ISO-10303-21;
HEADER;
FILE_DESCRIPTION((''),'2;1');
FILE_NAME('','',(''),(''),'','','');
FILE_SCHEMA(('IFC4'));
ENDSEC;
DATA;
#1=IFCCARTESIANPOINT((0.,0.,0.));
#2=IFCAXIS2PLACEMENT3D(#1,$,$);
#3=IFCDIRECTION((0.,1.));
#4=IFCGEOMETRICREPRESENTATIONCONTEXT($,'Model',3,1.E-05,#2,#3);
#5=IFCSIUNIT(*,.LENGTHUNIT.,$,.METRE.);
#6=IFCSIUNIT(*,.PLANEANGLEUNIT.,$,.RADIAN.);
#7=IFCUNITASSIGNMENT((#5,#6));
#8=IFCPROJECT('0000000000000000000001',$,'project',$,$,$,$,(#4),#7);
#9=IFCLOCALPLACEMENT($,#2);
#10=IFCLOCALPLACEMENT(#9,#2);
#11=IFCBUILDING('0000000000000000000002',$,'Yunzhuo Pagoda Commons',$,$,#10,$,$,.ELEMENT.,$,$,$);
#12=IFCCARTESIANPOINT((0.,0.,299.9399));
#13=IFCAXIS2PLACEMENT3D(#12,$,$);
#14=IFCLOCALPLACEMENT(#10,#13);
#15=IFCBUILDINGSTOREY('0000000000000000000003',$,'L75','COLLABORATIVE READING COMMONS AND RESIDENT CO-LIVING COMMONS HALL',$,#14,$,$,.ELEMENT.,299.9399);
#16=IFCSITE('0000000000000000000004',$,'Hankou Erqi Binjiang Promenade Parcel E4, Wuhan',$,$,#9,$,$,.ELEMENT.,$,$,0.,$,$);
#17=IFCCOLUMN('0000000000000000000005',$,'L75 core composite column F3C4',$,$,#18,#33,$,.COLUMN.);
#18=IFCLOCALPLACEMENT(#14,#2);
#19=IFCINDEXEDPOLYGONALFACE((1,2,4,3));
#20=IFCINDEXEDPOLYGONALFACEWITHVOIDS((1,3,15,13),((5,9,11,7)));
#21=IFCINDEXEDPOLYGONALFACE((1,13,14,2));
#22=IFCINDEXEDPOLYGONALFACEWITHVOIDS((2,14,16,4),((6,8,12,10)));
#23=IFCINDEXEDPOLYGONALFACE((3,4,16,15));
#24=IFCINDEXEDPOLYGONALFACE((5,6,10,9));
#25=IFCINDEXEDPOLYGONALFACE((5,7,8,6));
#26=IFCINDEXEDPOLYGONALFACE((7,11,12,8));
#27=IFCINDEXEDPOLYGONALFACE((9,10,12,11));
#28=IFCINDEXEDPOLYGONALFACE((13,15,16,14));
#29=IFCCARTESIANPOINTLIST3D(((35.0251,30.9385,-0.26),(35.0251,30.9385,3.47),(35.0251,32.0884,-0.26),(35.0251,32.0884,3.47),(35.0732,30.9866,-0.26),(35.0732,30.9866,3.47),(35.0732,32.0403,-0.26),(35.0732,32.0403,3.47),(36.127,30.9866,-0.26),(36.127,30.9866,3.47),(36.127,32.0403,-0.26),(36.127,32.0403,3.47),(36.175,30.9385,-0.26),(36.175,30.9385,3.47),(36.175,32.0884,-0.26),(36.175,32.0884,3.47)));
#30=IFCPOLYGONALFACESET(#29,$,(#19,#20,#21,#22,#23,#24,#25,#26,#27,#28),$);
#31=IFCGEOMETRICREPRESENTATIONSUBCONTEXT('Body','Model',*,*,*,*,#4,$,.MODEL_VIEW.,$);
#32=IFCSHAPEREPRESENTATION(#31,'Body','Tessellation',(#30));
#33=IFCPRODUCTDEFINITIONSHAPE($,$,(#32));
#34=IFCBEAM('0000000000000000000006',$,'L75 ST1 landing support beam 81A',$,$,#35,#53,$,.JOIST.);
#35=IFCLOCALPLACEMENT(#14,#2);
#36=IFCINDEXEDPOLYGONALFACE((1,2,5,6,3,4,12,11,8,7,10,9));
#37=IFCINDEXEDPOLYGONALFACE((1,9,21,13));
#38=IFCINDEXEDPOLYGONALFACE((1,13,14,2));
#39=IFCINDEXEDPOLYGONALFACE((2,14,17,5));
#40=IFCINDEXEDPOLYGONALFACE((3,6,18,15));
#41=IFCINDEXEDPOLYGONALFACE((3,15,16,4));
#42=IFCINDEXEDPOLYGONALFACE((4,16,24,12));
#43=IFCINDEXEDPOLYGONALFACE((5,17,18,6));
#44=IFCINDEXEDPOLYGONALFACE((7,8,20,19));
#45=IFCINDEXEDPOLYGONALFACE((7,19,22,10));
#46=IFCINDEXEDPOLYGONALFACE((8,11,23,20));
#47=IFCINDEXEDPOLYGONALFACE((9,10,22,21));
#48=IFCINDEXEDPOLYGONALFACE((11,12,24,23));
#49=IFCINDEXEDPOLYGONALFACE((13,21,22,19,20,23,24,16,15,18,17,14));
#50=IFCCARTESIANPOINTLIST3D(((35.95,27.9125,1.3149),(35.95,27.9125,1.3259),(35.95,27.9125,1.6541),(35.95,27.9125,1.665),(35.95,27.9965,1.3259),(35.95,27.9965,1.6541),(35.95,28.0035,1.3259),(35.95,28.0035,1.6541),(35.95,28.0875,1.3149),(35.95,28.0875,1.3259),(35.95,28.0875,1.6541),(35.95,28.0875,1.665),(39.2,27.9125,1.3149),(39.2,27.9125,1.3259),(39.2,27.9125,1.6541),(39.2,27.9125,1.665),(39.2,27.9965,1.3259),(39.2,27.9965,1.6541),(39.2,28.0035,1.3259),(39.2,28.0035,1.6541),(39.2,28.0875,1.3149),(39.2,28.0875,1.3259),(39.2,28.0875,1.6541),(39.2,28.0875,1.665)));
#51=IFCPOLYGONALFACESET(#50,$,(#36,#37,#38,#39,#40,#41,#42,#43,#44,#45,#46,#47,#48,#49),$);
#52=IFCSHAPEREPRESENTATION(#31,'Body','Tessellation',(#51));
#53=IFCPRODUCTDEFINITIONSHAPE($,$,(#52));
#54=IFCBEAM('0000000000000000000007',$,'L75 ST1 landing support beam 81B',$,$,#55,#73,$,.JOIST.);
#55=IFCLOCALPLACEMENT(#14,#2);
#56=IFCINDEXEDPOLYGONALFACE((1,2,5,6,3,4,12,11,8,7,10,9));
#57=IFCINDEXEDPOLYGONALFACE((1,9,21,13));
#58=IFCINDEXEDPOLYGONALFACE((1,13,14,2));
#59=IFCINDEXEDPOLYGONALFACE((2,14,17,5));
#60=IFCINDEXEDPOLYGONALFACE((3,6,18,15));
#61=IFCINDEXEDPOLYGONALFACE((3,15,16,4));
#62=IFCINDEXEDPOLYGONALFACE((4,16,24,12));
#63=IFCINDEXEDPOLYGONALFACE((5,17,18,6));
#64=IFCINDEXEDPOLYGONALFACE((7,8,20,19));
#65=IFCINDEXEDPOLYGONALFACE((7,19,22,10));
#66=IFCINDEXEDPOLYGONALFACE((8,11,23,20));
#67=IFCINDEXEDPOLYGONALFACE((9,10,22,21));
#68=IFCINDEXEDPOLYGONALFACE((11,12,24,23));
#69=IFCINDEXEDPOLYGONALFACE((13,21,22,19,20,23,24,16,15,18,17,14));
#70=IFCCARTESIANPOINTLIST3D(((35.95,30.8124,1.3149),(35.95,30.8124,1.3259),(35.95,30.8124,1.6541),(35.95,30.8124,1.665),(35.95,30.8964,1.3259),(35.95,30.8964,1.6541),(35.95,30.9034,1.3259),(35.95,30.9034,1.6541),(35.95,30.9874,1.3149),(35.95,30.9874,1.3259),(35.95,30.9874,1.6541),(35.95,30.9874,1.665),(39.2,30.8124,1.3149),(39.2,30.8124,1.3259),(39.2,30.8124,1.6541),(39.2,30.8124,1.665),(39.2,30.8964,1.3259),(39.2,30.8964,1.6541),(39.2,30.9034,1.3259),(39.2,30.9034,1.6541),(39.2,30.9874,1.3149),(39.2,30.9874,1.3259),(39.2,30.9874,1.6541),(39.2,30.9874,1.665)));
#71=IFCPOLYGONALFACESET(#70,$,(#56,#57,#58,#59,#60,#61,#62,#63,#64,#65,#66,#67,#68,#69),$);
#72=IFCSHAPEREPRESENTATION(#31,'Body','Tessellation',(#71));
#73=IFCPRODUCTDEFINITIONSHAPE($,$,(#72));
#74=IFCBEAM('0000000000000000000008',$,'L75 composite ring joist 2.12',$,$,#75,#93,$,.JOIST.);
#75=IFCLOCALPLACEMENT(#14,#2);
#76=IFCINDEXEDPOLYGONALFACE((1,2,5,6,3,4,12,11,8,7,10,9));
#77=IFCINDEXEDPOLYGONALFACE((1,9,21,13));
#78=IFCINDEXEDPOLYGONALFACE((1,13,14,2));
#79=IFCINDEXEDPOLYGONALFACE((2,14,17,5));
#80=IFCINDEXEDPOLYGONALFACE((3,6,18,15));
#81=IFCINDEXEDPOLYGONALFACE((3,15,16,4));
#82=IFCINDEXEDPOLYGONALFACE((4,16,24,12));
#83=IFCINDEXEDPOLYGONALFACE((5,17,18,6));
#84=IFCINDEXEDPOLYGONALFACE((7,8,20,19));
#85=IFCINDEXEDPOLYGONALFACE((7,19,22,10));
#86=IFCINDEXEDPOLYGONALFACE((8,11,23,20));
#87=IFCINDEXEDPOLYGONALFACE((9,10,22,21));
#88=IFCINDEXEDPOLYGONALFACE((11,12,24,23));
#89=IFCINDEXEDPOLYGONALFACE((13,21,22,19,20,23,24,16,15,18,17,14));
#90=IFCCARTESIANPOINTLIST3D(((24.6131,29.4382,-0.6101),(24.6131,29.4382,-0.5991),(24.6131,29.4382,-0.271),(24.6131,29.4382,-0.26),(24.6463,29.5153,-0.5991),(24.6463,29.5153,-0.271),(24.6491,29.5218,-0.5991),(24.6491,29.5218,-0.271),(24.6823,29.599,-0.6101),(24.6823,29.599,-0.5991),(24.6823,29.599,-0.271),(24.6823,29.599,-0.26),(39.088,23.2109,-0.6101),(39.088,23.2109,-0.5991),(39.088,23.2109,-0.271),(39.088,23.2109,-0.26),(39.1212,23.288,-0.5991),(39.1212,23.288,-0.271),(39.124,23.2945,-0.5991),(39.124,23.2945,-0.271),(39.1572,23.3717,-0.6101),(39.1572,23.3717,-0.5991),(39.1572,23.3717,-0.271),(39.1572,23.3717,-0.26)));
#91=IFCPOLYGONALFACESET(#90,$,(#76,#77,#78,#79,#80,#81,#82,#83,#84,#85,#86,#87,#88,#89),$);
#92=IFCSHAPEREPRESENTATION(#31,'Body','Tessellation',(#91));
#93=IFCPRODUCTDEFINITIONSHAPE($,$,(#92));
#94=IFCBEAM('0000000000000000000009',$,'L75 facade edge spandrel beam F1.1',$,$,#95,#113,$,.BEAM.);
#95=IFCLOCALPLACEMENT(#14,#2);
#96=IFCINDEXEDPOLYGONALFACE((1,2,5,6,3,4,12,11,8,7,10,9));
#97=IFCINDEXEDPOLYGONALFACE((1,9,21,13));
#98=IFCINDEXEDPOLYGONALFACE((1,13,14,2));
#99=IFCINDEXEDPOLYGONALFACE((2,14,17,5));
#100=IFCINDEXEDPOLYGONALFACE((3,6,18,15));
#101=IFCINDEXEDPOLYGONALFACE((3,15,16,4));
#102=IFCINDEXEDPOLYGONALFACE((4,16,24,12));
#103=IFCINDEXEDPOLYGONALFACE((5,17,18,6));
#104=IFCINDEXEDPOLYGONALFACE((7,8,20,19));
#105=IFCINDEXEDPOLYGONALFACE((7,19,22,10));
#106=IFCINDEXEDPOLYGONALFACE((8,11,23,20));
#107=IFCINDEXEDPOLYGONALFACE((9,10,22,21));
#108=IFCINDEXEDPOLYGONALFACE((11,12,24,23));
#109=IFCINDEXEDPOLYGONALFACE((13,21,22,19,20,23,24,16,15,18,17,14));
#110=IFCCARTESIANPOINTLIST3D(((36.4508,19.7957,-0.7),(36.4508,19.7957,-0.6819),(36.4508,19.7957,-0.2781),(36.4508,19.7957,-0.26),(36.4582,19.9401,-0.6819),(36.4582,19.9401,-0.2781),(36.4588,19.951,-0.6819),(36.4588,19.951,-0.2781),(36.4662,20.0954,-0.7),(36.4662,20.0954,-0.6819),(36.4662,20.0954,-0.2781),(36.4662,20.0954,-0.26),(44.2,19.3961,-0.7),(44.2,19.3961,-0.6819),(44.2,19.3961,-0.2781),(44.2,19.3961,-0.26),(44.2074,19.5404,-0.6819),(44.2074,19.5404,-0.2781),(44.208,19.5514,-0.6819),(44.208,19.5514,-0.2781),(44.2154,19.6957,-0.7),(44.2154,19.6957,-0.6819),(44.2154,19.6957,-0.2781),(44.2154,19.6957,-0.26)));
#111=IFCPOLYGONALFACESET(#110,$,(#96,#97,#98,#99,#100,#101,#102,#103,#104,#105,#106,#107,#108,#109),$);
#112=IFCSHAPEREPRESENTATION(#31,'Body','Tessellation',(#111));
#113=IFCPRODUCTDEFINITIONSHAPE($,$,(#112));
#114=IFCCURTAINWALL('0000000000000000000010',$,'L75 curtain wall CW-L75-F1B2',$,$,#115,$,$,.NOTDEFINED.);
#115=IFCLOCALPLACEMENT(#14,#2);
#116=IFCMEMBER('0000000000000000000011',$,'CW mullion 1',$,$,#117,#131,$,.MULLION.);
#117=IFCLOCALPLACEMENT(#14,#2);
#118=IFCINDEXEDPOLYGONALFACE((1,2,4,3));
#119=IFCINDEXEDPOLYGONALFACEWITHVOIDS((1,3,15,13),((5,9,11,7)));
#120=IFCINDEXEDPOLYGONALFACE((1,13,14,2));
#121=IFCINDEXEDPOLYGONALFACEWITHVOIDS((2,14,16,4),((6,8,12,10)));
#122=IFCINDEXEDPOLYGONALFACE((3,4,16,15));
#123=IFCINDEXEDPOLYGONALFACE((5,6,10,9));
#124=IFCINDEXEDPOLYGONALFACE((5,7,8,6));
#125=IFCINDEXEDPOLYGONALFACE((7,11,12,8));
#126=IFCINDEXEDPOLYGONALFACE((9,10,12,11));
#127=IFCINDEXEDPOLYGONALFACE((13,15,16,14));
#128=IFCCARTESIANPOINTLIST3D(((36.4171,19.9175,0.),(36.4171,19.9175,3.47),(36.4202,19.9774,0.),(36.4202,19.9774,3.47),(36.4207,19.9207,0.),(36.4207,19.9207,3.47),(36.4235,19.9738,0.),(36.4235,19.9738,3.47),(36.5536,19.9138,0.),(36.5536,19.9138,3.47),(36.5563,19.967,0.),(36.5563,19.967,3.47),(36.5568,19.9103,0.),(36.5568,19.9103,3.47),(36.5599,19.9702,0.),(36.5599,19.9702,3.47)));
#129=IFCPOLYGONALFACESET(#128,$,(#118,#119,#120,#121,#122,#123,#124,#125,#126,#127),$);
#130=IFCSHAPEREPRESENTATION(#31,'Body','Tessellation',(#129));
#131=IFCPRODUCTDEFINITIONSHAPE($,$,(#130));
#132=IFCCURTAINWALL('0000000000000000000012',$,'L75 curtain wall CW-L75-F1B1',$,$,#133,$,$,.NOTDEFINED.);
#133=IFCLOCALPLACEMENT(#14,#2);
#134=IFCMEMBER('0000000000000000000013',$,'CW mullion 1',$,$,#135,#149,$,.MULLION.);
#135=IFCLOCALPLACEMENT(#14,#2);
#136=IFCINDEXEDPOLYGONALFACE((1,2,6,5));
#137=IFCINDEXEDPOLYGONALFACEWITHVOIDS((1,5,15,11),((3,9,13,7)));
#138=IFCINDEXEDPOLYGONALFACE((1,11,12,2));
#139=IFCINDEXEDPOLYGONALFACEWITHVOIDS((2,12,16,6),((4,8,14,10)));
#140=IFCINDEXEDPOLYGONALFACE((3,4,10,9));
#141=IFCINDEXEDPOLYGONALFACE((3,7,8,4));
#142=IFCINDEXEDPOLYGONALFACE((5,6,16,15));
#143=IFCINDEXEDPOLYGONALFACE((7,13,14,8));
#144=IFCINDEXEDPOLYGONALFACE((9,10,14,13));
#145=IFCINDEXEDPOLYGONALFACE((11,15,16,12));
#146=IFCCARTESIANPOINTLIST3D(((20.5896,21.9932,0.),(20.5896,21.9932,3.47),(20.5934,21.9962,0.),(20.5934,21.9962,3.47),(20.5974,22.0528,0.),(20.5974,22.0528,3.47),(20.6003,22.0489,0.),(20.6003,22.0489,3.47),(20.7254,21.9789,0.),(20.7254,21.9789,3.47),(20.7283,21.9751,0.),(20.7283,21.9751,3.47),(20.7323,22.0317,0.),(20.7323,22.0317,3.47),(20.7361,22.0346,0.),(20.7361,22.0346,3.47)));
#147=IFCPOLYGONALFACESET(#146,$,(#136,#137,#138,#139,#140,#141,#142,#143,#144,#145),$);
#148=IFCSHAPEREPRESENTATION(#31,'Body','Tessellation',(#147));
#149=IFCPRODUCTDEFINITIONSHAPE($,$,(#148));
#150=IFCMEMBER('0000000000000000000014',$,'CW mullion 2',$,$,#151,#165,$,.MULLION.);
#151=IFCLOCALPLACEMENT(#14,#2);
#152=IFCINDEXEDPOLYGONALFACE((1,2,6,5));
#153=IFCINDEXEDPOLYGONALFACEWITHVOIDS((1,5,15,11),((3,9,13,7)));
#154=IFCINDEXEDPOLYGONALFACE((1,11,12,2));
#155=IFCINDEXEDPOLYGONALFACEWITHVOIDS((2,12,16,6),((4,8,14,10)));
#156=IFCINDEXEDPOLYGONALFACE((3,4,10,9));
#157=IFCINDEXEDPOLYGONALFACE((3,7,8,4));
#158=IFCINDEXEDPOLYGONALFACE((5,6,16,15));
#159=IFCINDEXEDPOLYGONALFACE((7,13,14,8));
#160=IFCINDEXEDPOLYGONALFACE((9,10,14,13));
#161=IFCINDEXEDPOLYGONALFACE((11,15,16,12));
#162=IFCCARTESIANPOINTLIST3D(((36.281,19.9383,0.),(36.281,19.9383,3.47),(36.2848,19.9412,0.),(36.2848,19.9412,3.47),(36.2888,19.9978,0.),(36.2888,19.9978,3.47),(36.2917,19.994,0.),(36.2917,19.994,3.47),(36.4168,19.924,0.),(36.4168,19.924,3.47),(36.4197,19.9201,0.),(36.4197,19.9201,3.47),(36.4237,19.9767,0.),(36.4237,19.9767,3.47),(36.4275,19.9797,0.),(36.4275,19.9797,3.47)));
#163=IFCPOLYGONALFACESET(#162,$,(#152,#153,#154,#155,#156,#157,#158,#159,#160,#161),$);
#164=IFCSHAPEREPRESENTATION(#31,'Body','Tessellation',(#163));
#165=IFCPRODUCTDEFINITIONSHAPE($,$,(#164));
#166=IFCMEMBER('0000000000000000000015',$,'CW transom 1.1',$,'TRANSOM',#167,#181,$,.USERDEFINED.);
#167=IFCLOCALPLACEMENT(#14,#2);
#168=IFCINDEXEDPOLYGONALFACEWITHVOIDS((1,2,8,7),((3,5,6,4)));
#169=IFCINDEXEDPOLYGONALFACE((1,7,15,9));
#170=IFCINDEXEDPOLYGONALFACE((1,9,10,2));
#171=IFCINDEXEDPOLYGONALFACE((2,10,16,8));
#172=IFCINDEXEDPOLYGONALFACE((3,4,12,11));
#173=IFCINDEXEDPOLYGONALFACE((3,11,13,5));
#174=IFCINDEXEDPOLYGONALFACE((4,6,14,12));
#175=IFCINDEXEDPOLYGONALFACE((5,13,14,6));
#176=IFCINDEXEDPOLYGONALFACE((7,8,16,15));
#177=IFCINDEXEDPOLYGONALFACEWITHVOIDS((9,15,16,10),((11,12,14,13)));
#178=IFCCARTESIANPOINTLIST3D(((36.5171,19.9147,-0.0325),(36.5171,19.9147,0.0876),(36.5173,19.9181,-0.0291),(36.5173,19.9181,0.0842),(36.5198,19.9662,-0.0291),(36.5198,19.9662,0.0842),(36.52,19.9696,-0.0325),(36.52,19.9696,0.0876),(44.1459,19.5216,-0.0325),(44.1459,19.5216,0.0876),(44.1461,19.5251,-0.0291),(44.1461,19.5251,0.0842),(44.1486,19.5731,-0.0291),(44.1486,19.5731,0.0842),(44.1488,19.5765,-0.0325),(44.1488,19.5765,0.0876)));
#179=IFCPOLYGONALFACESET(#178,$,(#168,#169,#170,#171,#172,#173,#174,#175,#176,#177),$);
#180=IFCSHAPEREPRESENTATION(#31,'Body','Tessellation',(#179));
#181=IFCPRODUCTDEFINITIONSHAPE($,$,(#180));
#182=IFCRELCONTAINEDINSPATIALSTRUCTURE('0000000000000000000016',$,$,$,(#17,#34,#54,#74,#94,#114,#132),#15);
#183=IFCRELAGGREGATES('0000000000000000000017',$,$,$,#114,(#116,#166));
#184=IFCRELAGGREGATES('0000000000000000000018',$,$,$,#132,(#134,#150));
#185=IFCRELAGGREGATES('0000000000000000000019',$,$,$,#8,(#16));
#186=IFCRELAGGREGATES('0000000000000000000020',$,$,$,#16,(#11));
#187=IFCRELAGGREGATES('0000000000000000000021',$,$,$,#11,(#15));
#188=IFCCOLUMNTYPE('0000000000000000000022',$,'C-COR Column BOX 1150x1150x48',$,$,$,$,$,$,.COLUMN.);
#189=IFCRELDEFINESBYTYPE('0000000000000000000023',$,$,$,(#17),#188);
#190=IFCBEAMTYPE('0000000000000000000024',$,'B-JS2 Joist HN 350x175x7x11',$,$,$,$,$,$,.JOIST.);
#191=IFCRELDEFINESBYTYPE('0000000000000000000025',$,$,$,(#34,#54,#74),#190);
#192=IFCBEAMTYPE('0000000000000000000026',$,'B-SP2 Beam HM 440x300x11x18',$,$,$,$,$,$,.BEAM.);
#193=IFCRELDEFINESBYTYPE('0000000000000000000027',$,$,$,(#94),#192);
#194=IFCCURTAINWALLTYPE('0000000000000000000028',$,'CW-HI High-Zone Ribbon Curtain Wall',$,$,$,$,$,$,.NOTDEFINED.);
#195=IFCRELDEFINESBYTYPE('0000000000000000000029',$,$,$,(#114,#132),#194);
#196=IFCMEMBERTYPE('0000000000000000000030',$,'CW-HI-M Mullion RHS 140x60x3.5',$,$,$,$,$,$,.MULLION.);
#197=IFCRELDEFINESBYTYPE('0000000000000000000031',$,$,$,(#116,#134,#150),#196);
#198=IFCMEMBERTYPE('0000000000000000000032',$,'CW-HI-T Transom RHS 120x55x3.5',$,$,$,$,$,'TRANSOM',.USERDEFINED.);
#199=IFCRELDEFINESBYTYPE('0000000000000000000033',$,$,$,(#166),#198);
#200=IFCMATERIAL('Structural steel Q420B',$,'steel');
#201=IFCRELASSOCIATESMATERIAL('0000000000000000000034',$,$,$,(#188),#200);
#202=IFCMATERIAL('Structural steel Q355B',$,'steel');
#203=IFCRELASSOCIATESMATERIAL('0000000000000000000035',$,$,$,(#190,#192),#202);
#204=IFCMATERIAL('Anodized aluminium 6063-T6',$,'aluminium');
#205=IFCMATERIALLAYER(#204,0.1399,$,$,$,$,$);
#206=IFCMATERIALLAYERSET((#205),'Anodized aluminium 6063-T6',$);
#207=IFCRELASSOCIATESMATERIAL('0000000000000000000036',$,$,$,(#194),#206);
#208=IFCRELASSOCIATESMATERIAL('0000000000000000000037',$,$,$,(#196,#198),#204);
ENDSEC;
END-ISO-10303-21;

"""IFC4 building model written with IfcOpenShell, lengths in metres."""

from ifc_helpers import new_model, si_unit, direction, frame, origin, origin_2d, place, context, subcontext, project, spatial, hollow_rectangle, i_section, extrude, source, transform, mapped, material, layer, layer_set, material_profile, profile_set, type_object, element, aggregate, save


model = new_model("IFC4")

# Units and contexts
model_context = context("Model", 3, precision=1e-05, world=origin(), true_north=direction((0.0, 1.0)))
body_context = subcontext(model_context, "Body", "Model", "MODEL_VIEW")
ifc_project = project(units=[si_unit("LENGTHUNIT", "METRE"), si_unit("PLANEANGLEUNIT", "RADIAN")], contexts=[model_context])

# Site, building, storey
site_placement = place(None, origin())
site = spatial("IfcSite", under=ifc_project, at=site_placement, Name="Hankou Erqi Binjiang Promenade Parcel E4, Wuhan", CompositionType="ELEMENT", RefElevation=0.0)
building_placement = place(site_placement, origin())
building = spatial("IfcBuilding", under=site, at=building_placement, Name="Yunzhuo Pagoda Commons", CompositionType="ELEMENT")
storey_placement = place(building_placement, frame((0.0, 0.0, 299.9399)))
storey = spatial("IfcBuildingStorey", under=building, at=storey_placement, Name="L75", Description="COLLABORATIVE READING COMMONS AND RESIDENT CO-LIVING COMMONS HALL", CompositionType="ELEMENT", Elevation=299.9399)

# Column
ifc_material_1 = material(Name="Structural steel Q420B", Category="steel")
ifc_material_profile_1 = material_profile(ifc_material_1, hollow_rectangle(XDim=1.1499, YDim=1.1499, WallThickness=0.0481, at=origin_2d()), Name="Structural steel Q420B")
ifc_profile_set_1 = profile_set([ifc_material_profile_1], Name="Structural steel Q420B")
column_type = type_object("IfcColumnType", Name="C-COR Column BOX 1150x1150x48", PredefinedType="COLUMN", material=ifc_profile_set_1)
shared_shape_1 = source(origin(), body_context, "Body", "SweptSolid", [
    extrude(hollow_rectangle(XDim=1.1499, YDim=1.1499, WallThickness=0.0481, at=origin_2d()), origin(), (0.0, 0.0, 1.0), 3.73),
])
column_placement = place(storey_placement, frame((35.6001, 31.5134, -0.26), z_axis=(0.0, 0.0, 1.0), x_axis=(1.0, 0.0, 0.0)))
element("IfcColumn", 1, at=column_placement, inside=storey, type_object=column_type, Name="L75 core composite column F3C4", PredefinedType="COLUMN", context=body_context, shape_type="MappedRepresentation", body=[
    mapped(shared_shape_1, transform((0.0, 0.0, 0.0), scale=1.0)),
])

# Beams
ifc_material_2 = material(Name="Structural steel Q355B", Category="steel")
ifc_material_profile_2 = material_profile(ifc_material_2, i_section(OverallWidth=0.175, OverallDepth=0.3501, WebThickness=0.0071, FlangeThickness=0.011, at=origin_2d()), Name="Structural steel Q355B")
ifc_profile_set_2 = profile_set([ifc_material_profile_2], Name="Structural steel Q355B")
beam_type_1 = type_object("IfcBeamType", Name="B-JS2 Joist HN 350x175x7x11", PredefinedType="JOIST", material=ifc_profile_set_2)
shared_shape_2 = source(origin(), body_context, "Body", "SweptSolid", [
    extrude(i_section(OverallWidth=0.175, OverallDepth=0.3501, WebThickness=0.0071, FlangeThickness=0.011, at=origin_2d()), origin(), (0.0, 0.0, 1.0), 3.25),
])
for number, where, z_axis, x_axis, name in (
    (2, (35.95, 28.0, 1.49), (1.0, 0.0, 0.0), (0.0, 1.0, 0.0), "L75 ST1 landing support beam 81A"),
    (3, (35.95, 30.8999, 1.49), (1.0, 0.0, 0.0), (0.0, 1.0, 0.0), "L75 ST1 landing support beam 81B"),
):
    element("IfcBeam", number, at=place(storey_placement, frame(where, z_axis=z_axis, x_axis=x_axis)), inside=storey, type_object=beam_type_1, Name=name, PredefinedType="JOIST", context=body_context, shape_type="MappedRepresentation", body=[
        mapped(shared_shape_2, transform((0.0, 0.0, 0.0), scale=1.0)),
    ])
shared_shape_3 = source(origin(), body_context, "Body", "SweptSolid", [
    extrude(i_section(OverallWidth=0.175, OverallDepth=0.3501, WebThickness=0.0071, FlangeThickness=0.011, at=origin_2d()), origin(), (0.0, 0.0, 1.0), 15.7576),
])
beam_1_placement = place(storey_placement, frame((24.6477, 29.5186, -0.4351), z_axis=(0.918598, -0.395194, 0.0), x_axis=(0.395194, 0.918598, 0.0)))
element("IfcBeam", 4, at=beam_1_placement, inside=storey, type_object=beam_type_1, Name="L75 composite ring joist 2.12", PredefinedType="JOIST", context=body_context, shape_type="MappedRepresentation", body=[
    mapped(shared_shape_3, transform((0.0, 0.0, 0.0), scale=1.0)),
])
ifc_material_profile_3 = material_profile(ifc_material_2, i_section(OverallWidth=0.3, OverallDepth=0.4399, WebThickness=0.011, FlangeThickness=0.0181, at=origin_2d()), Name="Structural steel Q355B")
ifc_profile_set_3 = profile_set([ifc_material_profile_3], Name="Structural steel Q355B")
beam_type_2 = type_object("IfcBeamType", Name="B-SP2 Beam HM 440x300x11x18", PredefinedType="BEAM", material=ifc_profile_set_3)
shared_shape_4 = source(origin(), body_context, "Body", "SweptSolid", [
    extrude(i_section(OverallWidth=0.3, OverallDepth=0.4399, WebThickness=0.011, FlangeThickness=0.0181, at=origin_2d()), origin(), (0.0, 0.0, 1.0), 7.7595),
])
beam_2_placement = place(storey_placement, frame((36.4585, 19.9456, -0.48), z_axis=(0.998673, -0.051505, 0.0), x_axis=(0.051505, 0.998673, 0.0)))
element("IfcBeam", 5, at=beam_2_placement, inside=storey, type_object=beam_type_2, Name="L75 facade edge spandrel beam F1.1", PredefinedType="BEAM", context=body_context, shape_type="MappedRepresentation", body=[
    mapped(shared_shape_4, transform((0.0, 0.0, 0.0), scale=1.0)),
])

# Curtain wall, member
ifc_material_3 = material(Name="Anodized aluminium 6063-T6", Category="aluminium")
ifc_layer_1 = layer(ifc_material_3, 0.1399)
ifc_layer_set_1 = layer_set([ifc_layer_1], Name="Anodized aluminium 6063-T6")
curtain_wall_type = type_object("IfcCurtainWallType", Name="CW-HI High-Zone Ribbon Curtain Wall", PredefinedType="NOTDEFINED", material=ifc_layer_set_1)
curtain_wall_1_placement = place(storey_placement, origin())
curtain_wall_1 = element("IfcCurtainWall", 6, at=curtain_wall_1_placement, inside=storey, type_object=curtain_wall_type, Name="L75 curtain wall CW-L75-F1B2", PredefinedType="NOTDEFINED")
ifc_material_profile_4 = material_profile(ifc_material_3, hollow_rectangle(XDim=0.0601, YDim=0.1399, WallThickness=0.0034, at=origin_2d()), Name="Anodized aluminium 6063-T6")
ifc_profile_set_4 = profile_set([ifc_material_profile_4], Name="Anodized aluminium 6063-T6")
member_type_1 = type_object("IfcMemberType", Name="CW-HI-M Mullion RHS 140x60x3.5", PredefinedType="MULLION", material=ifc_profile_set_4)
shared_shape_5 = source(origin(), body_context, "Body", "SweptSolid", [
    extrude(hollow_rectangle(XDim=0.0601, YDim=0.1399, WallThickness=0.0034, at=origin_2d()), origin(), (0.0, 0.0, 1.0), 3.47),
])
member_1_placement = place(storey_placement, frame((36.4885, 19.9438, 0.0), z_axis=(0.0, 0.0, 1.0), x_axis=(0.051462, 0.998675, 0.0)))
member_1 = element("IfcMember", 7, at=member_1_placement, type_object=member_type_1, Name="CW mullion 1", PredefinedType="MULLION", context=body_context, shape_type="MappedRepresentation", body=[
    mapped(shared_shape_5, transform((0.0, 0.0, 0.0), scale=1.0)),
])

# Curtain wall, members
curtain_wall_2_placement = place(storey_placement, origin())
curtain_wall_2 = element("IfcCurtainWall", 8, at=curtain_wall_2_placement, inside=storey, type_object=curtain_wall_type, Name="L75 curtain wall CW-L75-F1B1", PredefinedType="NOTDEFINED")
member_2_placement = place(storey_placement, frame((20.6628, 22.0139, 0.0), z_axis=(0.0, 0.0, 1.0), x_axis=(0.129855, 0.991533, 0.0)))
member_2 = element("IfcMember", 9, at=member_2_placement, type_object=member_type_1, Name="CW mullion 1", PredefinedType="MULLION", context=body_context, shape_type="MappedRepresentation", body=[
    mapped(shared_shape_5, transform((0.0, 0.0, 0.0), scale=1.0)),
])
member_3_placement = place(storey_placement, frame((36.3542, 19.959, 0.0), z_axis=(0.0, 0.0, 1.0), x_axis=(0.129855, 0.991533, 0.0)))
member_3 = element("IfcMember", 10, at=member_3_placement, type_object=member_type_1, Name="CW mullion 2", PredefinedType="MULLION", context=body_context, shape_type="MappedRepresentation", body=[
    mapped(shared_shape_5, transform((0.0, 0.0, 0.0), scale=1.0)),
])

# Member
ifc_material_profile_5 = material_profile(ifc_material_3, hollow_rectangle(XDim=0.0549, YDim=0.1201, WallThickness=0.0034, at=origin_2d()), Name="Anodized aluminium 6063-T6")
ifc_profile_set_5 = profile_set([ifc_material_profile_5], Name="Anodized aluminium 6063-T6")
member_type_2 = type_object("IfcMemberType", Name="CW-HI-T Transom RHS 120x55x3.5", ElementType="TRANSOM", PredefinedType="USERDEFINED", material=ifc_profile_set_5)
shared_shape_6 = source(origin(), body_context, "Body", "SweptSolid", [
    extrude(hollow_rectangle(XDim=0.0549, YDim=0.1201, WallThickness=0.0034, at=origin_2d()), origin(), (0.0, 0.0, 1.0), 7.6389),
])
member_4_placement = place(storey_placement, frame((36.5186, 19.9421, 0.0276), z_axis=(0.998675, -0.051455, 0.0), x_axis=(0.051455, 0.998675, 0.0)))
member_4 = element("IfcMember", 11, at=member_4_placement, type_object=member_type_2, Name="CW transom 1.1", ObjectType="TRANSOM", PredefinedType="USERDEFINED", context=body_context, shape_type="MappedRepresentation", body=[
    mapped(shared_shape_6, transform((0.0, 0.0, 0.0), scale=1.0)),
])
aggregate(curtain_wall_1, [member_1, member_4])

aggregate(curtain_wall_2, [member_2, member_3])

save(model, "model.ifc")
